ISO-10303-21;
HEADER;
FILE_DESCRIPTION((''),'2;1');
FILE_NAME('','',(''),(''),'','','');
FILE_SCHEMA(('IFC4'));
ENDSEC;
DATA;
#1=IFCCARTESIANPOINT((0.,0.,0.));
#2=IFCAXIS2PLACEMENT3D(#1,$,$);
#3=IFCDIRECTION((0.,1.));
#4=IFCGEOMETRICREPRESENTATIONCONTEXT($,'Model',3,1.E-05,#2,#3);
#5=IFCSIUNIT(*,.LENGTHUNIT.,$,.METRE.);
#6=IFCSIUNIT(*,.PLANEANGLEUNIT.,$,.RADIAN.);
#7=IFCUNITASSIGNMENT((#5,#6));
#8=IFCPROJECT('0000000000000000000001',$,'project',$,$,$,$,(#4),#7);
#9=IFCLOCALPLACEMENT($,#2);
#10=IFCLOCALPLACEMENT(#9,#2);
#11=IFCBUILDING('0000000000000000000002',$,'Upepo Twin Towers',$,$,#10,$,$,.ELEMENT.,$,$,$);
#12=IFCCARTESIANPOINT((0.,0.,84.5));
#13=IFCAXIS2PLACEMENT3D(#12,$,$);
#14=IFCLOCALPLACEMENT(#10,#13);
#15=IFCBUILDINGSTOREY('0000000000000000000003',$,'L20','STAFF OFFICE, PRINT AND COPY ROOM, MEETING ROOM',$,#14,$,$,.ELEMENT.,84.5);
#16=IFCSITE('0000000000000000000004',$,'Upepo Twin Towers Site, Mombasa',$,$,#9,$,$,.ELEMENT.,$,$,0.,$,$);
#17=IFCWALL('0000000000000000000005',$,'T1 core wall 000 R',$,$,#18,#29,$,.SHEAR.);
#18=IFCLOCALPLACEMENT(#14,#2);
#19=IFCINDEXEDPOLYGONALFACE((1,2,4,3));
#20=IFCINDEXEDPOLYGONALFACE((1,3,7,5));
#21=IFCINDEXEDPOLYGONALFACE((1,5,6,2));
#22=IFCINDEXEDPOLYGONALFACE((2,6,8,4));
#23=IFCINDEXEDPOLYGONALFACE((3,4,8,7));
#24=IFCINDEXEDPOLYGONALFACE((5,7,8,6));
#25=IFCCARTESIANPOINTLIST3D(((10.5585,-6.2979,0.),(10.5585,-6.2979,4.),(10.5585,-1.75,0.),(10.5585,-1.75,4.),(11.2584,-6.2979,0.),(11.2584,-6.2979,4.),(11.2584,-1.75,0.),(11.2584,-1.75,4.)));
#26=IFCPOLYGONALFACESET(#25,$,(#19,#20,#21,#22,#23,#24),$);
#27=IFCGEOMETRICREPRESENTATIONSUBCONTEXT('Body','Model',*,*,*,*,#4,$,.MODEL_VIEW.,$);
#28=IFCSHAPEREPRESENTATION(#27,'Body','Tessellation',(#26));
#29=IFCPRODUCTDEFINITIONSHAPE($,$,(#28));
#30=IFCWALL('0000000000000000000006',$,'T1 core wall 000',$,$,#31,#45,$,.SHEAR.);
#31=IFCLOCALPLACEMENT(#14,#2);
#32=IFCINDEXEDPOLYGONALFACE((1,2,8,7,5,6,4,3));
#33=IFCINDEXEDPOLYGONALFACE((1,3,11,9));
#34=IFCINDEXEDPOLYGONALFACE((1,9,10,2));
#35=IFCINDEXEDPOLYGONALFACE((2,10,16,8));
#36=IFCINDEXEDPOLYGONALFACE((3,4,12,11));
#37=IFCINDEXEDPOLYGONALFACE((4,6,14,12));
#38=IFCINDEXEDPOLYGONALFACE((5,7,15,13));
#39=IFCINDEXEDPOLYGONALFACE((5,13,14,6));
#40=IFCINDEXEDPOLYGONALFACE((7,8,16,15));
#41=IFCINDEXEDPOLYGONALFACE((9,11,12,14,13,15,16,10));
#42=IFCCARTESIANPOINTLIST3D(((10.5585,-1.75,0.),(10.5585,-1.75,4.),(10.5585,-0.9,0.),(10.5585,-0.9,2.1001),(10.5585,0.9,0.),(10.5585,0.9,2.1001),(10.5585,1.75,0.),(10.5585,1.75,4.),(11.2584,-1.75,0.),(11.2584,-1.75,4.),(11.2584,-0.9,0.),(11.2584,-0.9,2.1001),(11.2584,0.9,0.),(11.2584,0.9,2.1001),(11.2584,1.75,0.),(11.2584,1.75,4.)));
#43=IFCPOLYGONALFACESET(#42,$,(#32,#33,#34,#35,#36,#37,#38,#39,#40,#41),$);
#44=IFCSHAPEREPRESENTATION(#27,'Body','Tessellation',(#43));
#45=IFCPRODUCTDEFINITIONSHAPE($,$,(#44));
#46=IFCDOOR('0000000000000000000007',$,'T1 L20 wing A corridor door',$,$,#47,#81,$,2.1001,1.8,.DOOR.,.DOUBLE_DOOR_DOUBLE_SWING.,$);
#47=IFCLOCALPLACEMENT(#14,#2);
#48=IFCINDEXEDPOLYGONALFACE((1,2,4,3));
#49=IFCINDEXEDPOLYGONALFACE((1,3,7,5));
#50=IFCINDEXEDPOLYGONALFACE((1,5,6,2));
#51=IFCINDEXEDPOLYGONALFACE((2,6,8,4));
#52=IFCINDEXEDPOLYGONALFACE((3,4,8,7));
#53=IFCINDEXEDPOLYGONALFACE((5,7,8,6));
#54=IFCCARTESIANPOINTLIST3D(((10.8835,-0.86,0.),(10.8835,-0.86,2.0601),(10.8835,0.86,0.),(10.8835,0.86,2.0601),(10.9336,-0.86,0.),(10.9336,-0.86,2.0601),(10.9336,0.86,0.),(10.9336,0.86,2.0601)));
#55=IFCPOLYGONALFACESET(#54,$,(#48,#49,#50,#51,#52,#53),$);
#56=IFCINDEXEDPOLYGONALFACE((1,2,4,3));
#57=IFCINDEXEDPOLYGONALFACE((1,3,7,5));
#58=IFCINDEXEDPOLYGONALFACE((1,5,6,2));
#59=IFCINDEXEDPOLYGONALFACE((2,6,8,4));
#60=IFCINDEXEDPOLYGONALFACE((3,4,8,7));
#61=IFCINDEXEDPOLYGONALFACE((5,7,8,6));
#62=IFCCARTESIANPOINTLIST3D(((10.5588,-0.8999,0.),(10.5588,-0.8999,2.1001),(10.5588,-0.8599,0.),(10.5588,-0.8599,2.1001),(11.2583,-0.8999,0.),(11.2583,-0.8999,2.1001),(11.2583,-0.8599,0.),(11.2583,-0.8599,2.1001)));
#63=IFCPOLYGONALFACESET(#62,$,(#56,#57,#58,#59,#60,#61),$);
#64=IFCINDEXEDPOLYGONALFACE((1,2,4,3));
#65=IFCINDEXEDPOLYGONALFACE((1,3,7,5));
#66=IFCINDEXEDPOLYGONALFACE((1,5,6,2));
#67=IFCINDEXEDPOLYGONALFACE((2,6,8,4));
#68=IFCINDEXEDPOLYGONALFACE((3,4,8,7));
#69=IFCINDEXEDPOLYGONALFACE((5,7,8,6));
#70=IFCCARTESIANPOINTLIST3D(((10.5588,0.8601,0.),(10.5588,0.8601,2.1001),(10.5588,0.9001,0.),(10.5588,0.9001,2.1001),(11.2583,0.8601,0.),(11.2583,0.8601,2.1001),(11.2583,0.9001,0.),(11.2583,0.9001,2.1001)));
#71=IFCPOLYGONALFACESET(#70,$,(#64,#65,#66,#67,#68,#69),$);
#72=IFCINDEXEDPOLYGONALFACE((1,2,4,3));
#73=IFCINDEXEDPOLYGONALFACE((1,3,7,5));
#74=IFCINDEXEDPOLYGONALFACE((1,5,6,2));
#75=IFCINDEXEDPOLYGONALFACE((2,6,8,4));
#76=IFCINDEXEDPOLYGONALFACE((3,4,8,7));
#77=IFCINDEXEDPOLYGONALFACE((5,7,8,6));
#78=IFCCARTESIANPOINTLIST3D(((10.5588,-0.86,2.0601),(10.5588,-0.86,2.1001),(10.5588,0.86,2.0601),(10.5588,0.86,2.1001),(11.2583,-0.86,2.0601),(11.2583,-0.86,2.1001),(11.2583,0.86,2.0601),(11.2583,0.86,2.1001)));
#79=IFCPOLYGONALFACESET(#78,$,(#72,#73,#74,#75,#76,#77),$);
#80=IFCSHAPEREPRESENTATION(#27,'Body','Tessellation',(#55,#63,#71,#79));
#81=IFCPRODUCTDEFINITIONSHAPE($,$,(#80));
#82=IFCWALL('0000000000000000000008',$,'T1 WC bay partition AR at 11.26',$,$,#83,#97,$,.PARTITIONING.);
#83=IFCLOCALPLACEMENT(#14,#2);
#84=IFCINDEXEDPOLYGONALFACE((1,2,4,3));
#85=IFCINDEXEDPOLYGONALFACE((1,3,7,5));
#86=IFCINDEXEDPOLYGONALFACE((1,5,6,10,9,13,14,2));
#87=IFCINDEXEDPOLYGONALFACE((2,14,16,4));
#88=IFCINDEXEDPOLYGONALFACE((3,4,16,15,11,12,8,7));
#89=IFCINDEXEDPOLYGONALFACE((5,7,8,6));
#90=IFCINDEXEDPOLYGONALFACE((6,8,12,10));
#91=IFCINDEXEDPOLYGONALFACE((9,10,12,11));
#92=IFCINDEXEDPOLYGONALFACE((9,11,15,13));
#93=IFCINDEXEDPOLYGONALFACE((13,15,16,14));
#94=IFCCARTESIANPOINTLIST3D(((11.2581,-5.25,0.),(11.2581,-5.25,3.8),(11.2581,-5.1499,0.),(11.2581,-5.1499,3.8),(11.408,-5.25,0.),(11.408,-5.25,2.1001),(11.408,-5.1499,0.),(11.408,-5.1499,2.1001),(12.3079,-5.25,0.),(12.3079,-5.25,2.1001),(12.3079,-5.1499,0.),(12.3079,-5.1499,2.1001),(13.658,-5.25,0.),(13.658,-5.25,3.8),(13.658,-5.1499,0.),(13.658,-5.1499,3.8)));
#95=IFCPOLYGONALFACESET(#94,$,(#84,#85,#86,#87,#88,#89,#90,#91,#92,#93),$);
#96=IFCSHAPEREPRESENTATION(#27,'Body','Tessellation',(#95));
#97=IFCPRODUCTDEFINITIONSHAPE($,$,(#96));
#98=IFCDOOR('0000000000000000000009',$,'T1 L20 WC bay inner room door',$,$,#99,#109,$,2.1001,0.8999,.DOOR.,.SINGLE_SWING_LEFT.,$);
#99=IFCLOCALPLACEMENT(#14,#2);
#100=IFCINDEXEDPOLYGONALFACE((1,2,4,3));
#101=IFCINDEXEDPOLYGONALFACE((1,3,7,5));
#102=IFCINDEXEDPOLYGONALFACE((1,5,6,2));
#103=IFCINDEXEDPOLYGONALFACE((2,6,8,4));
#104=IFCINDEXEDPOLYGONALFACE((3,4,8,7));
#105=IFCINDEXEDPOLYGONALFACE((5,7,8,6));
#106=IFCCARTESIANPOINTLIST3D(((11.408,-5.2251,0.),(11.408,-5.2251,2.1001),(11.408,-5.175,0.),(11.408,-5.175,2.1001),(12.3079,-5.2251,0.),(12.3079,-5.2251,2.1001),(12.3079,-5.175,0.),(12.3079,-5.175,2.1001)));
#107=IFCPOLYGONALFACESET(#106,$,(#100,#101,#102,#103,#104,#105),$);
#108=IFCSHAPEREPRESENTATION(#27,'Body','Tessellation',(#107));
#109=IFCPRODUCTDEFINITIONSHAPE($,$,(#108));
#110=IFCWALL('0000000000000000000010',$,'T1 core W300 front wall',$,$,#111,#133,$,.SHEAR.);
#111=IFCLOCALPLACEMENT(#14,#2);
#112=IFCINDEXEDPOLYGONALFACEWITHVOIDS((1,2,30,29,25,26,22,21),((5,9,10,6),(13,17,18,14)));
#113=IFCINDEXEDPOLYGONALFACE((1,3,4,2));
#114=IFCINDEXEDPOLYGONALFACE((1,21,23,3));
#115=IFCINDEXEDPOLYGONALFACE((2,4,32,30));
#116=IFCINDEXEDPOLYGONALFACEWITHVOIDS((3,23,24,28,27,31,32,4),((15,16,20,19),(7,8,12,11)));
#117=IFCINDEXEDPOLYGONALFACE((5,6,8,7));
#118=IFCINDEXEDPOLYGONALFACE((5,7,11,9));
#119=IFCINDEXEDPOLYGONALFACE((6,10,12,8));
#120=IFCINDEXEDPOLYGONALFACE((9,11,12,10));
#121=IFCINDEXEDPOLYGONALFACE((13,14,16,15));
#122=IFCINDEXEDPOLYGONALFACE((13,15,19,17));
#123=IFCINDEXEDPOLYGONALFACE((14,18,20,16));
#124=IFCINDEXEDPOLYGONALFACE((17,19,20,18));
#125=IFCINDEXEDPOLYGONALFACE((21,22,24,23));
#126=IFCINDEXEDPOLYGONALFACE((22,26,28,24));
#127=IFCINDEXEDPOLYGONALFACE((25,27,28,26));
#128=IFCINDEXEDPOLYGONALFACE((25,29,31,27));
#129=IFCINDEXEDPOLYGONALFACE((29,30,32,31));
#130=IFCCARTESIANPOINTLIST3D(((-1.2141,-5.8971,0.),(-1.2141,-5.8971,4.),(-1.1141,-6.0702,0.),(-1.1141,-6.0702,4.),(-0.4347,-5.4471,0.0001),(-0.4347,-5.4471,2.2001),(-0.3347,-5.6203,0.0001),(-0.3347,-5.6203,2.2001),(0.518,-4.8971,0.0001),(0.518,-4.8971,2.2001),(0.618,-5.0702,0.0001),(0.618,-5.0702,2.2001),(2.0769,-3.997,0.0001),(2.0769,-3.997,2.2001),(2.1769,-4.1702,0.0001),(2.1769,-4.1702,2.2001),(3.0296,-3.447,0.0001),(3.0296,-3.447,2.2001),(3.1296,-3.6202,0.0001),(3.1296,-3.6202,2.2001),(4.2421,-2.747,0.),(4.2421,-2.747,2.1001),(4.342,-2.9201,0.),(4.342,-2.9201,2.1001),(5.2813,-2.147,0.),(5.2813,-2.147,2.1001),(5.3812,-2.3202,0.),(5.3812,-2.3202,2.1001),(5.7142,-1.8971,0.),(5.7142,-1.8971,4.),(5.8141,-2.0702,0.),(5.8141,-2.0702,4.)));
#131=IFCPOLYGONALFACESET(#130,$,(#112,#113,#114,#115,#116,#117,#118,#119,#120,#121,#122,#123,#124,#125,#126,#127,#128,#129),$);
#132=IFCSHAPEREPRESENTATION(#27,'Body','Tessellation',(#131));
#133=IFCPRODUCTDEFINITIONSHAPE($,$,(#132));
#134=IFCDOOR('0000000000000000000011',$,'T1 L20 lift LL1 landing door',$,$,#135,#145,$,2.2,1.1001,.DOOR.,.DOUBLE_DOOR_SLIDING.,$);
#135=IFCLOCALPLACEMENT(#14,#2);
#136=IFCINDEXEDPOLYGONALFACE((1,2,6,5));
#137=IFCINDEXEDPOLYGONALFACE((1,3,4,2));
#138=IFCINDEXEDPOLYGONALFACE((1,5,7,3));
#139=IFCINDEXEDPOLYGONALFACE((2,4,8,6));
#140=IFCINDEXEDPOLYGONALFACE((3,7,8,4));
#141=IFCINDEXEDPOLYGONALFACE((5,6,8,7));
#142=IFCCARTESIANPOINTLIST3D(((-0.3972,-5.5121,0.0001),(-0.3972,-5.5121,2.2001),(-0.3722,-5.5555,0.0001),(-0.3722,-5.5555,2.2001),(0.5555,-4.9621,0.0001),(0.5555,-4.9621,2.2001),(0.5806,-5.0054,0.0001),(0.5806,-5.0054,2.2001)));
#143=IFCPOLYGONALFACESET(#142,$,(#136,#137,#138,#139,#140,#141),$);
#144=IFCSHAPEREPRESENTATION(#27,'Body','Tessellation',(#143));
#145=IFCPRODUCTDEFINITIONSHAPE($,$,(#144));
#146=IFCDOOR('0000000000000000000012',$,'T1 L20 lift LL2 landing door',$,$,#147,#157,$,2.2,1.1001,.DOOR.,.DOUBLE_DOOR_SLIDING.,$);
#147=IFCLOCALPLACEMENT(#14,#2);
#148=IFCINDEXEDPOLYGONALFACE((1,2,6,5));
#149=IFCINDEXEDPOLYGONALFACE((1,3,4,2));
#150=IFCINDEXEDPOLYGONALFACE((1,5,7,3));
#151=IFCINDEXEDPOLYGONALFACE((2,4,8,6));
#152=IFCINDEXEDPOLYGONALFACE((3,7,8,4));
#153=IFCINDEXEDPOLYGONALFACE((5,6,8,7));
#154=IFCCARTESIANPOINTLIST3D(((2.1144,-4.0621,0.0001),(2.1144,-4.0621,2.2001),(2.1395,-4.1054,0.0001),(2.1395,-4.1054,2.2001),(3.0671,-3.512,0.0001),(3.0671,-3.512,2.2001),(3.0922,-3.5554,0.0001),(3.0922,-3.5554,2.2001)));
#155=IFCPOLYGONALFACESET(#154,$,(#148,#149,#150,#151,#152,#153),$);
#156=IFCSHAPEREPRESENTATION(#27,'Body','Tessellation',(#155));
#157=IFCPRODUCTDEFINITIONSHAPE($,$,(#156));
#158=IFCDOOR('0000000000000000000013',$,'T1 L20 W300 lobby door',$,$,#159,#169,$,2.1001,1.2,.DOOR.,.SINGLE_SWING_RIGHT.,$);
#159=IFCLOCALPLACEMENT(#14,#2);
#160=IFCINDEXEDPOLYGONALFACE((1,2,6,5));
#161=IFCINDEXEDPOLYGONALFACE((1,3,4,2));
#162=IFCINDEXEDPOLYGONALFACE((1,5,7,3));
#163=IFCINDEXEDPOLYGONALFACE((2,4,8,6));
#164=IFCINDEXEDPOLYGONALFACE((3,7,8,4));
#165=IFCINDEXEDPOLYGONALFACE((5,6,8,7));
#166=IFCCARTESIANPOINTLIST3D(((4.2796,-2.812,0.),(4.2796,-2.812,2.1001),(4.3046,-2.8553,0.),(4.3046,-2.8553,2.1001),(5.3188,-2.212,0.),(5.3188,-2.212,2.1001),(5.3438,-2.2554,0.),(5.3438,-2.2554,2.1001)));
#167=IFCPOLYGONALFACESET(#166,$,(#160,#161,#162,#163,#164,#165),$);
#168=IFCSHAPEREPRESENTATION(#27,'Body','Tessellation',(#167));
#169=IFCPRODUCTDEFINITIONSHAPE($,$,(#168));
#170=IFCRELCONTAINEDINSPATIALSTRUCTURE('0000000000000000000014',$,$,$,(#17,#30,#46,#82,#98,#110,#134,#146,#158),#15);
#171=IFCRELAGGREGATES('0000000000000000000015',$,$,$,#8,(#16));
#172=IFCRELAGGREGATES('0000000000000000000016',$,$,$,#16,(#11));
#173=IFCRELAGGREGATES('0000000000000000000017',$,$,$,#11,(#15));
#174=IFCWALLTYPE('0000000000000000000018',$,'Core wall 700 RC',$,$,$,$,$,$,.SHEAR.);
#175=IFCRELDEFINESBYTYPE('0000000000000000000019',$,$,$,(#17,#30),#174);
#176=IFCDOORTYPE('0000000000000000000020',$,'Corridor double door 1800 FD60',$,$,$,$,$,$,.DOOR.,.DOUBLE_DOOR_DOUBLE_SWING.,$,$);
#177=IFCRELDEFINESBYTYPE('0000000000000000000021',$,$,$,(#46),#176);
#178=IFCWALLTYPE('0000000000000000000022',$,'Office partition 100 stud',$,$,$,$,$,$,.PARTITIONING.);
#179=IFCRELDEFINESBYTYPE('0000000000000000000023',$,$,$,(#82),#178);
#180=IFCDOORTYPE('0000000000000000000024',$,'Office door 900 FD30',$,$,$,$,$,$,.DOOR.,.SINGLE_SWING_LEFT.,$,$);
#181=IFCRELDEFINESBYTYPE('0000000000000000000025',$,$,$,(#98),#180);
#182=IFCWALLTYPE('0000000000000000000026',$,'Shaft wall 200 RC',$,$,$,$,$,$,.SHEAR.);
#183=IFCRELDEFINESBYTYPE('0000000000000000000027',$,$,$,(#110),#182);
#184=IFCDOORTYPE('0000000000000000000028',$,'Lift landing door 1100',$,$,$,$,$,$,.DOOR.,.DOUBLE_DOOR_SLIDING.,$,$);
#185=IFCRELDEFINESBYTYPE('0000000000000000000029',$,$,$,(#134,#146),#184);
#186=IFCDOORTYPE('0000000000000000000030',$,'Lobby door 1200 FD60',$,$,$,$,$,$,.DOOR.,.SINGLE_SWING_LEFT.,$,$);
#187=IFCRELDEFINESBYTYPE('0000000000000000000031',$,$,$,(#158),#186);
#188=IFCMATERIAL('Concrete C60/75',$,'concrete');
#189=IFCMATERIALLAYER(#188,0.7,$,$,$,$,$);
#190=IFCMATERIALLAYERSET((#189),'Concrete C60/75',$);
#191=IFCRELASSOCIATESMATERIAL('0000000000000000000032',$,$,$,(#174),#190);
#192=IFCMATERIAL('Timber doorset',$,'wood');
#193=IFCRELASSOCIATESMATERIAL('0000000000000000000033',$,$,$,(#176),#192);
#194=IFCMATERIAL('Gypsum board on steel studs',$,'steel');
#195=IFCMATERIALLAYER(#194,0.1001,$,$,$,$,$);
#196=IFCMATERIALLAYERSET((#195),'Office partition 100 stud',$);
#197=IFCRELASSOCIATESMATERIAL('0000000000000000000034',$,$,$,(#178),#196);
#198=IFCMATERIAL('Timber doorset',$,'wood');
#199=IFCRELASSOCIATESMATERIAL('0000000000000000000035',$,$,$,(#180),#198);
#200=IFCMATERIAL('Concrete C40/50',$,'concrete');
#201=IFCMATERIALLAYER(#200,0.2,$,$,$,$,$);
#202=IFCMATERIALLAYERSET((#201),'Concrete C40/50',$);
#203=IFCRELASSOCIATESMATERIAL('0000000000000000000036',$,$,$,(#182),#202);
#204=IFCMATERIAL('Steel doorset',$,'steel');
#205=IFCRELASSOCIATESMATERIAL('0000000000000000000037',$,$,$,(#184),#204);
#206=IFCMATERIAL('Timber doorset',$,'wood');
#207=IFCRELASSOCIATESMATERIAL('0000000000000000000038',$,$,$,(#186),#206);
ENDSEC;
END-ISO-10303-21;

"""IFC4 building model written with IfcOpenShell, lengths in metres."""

from ifc_helpers import new_model, si_unit, direction, frame, frame_2d, origin, place, context, subcontext, project, spatial, rectangle, extrude, material, layer, layer_set, type_object, element, fill, save


model = new_model("IFC4")

# Units and contexts
model_context = context("Model", 3, precision=1e-05, world=origin(), true_north=direction((0.0, 1.0)))
body_context = subcontext(model_context, "Body", "Model", "MODEL_VIEW")
ifc_project = project(units=[si_unit("LENGTHUNIT", "METRE"), si_unit("PLANEANGLEUNIT", "RADIAN")], contexts=[model_context])

# Site, building, storey
site_placement = place(None, origin())
site = spatial("IfcSite", under=ifc_project, at=site_placement, Name="Upepo Twin Towers Site, Mombasa", CompositionType="ELEMENT", RefElevation=0.0)
building_placement = place(site_placement, origin())
building = spatial("IfcBuilding", under=site, at=building_placement, Name="Upepo Twin Towers", CompositionType="ELEMENT")
storey_placement = place(building_placement, frame((0.0, 0.0, 84.5)))
storey = spatial("IfcBuildingStorey", under=building, at=storey_placement, Name="L20", Description="STAFF OFFICE, PRINT AND COPY ROOM, MEETING ROOM", CompositionType="ELEMENT", Elevation=84.5)

# Wall
ifc_material_1 = material(Name="Concrete C60/75", Category="concrete")
ifc_layer_1 = layer(ifc_material_1, 0.7)
ifc_layer_set_1 = layer_set([ifc_layer_1], Name="Concrete C60/75")
wall_type_1 = type_object("IfcWallType", Name="Core wall 700 RC", PredefinedType="SHEAR", material=ifc_layer_set_1)
wall_1_placement = place(storey_placement, frame((10.9084, -6.2979, 0.0), z_axis=(0.0, 0.0, 1.0), x_axis=(0.0, 1.0, 0.0)))
element("IfcWall", 1, at=wall_1_placement, inside=storey, type_object=wall_type_1, Name="T1 core wall 000 R", PredefinedType="SHEAR", context=body_context, shape_type="SweptSolid", body=[
    extrude(rectangle(XDim=4.5479, YDim=0.7, at=frame_2d((2.2739, 0.0))), origin(), (0.0, 0.0, 1.0), 4.0),
])

# Walls, openings, doors
wall_2_placement = place(storey_placement, frame((10.9084, -1.75, 0.0), z_axis=(0.0, 0.0, 1.0), x_axis=(0.0, 1.0, 0.0)))
wall_2 = element("IfcWall", 2, at=wall_2_placement, inside=storey, type_object=wall_type_1, Name="T1 core wall 000", PredefinedType="SHEAR", context=body_context, shape_type="SweptSolid", body=[
    extrude(rectangle(XDim=3.5, YDim=0.7, at=frame_2d((1.75, 0.0))), origin(), (0.0, 0.0, 1.0), 4.0),
])
opening_1_placement = place(wall_2_placement, frame((0.8501, 0.0, 0.0)))
opening_1 = element("IfcOpeningElement", 3, at=opening_1_placement, cuts=wall_2, PredefinedType="OPENING", context=body_context, shape_type="SweptSolid", body=[
    extrude(rectangle(XDim=1.8, YDim=2.1001, at=frame_2d((0.8999, 1.05))), frame((0.0, 0.3599, 0.0), z_axis=(0.0, -1.0, 0.0), x_axis=(1.0, 0.0, 0.0)), (0.0, 0.0, 1.0), 0.72),
])
ifc_material_2 = material(Name="Timber doorset", Category="wood")
door_type_1 = type_object("IfcDoorType", Name="Corridor double door 1800 FD60", OperationType="DOUBLE_DOOR_DOUBLE_SWING", PredefinedType="DOOR", material=ifc_material_2)
door_1_placement = place(opening_1_placement, origin())
door_1 = element("IfcDoor", 4, at=door_1_placement, inside=storey, type_object=door_type_1, Name="T1 L20 wing A corridor door", OperationType="DOUBLE_DOOR_DOUBLE_SWING", OverallHeight=2.1001, OverallWidth=1.8, PredefinedType="DOOR", context=body_context, shape_type="SweptSolid", body=[
    extrude(rectangle(XDim=1.72, YDim=2.0601, at=frame_2d((0.8999, 1.03))), frame((0.0, 0.0249, 0.0), z_axis=(0.0, -1.0, 0.0), x_axis=(1.0, 0.0, 0.0)), (0.0, 0.0, 1.0), 0.05),
    extrude(rectangle(XDim=0.04, YDim=2.1001, at=frame_2d((0.02, 1.05))), frame((0.0, 0.3496, 0.0), z_axis=(0.0, -1.0, 0.0), x_axis=(1.0, 0.0, 0.0)), (0.0, 0.0, 1.0), 0.6995),
    extrude(rectangle(XDim=0.04, YDim=2.1001, at=frame_2d((1.78, 1.05))), frame((0.0, 0.3496, 0.0), z_axis=(0.0, -1.0, 0.0), x_axis=(1.0, 0.0, 0.0)), (0.0, 0.0, 1.0), 0.6995),
    extrude(rectangle(XDim=1.72, YDim=0.04, at=frame_2d((0.8999, 2.0801))), frame((0.0, 0.3496, 0.0), z_axis=(0.0, -1.0, 0.0), x_axis=(1.0, 0.0, 0.0)), (0.0, 0.0, 1.0), 0.6995),
])
fill(opening_1, door_1)
ifc_material_3 = material(Name="Gypsum board on steel studs", Category="steel")
ifc_layer_2 = layer(ifc_material_3, 0.1001)
ifc_layer_set_2 = layer_set([ifc_layer_2], Name="Office partition 100 stud")
wall_type_2 = type_object("IfcWallType", Name="Office partition 100 stud", PredefinedType="PARTITIONING", material=ifc_layer_set_2)
wall_3_placement = place(storey_placement, frame((11.2581, -5.2, 0.0), z_axis=(0.0, 0.0, 1.0), x_axis=(1.0, 0.0, 0.0)))
wall_3 = element("IfcWall", 5, at=wall_3_placement, inside=storey, type_object=wall_type_2, Name="T1 WC bay partition AR at 11.26", PredefinedType="PARTITIONING", context=body_context, shape_type="SweptSolid", body=[
    extrude(rectangle(XDim=2.3999, YDim=0.1001, at=frame_2d((1.2, 0.0))), origin(), (0.0, 0.0, 1.0), 3.8),
])
opening_2_placement = place(wall_3_placement, frame((0.1499, 0.0, 0.0)))
opening_2 = element("IfcOpeningElement", 6, at=opening_2_placement, cuts=wall_3, PredefinedType="OPENING", context=body_context, shape_type="SweptSolid", body=[
    extrude(rectangle(XDim=0.8999, YDim=2.1001, at=frame_2d((0.45, 1.05))), frame((0.0, 0.0601, 0.0), z_axis=(0.0, -1.0, 0.0), x_axis=(1.0, 0.0, 0.0)), (0.0, 0.0, 1.0), 0.1201),
])
ifc_material_4 = material(Name="Timber doorset", Category="wood")
door_type_2 = type_object("IfcDoorType", Name="Office door 900 FD30", OperationType="SINGLE_SWING_LEFT", PredefinedType="DOOR", material=ifc_material_4)
door_2_placement = place(opening_2_placement, origin())
door_2 = element("IfcDoor", 7, at=door_2_placement, inside=storey, type_object=door_type_2, Name="T1 L20 WC bay inner room door", OperationType="SINGLE_SWING_LEFT", OverallHeight=2.1001, OverallWidth=0.8999, PredefinedType="DOOR", context=body_context, shape_type="SweptSolid", body=[
    extrude(rectangle(XDim=0.8999, YDim=2.1001, at=frame_2d((0.45, 1.05))), frame((0.0, 0.0249, 0.0), z_axis=(0.0, -1.0, 0.0), x_axis=(1.0, 0.0, 0.0)), (0.0, 0.0, 1.0), 0.05),
])
fill(opening_2, door_2)

# Wall, openings, doors
ifc_material_5 = material(Name="Concrete C40/50", Category="concrete")
ifc_layer_3 = layer(ifc_material_5, 0.2)
ifc_layer_set_3 = layer_set([ifc_layer_3], Name="Concrete C40/50")
wall_type_3 = type_object("IfcWallType", Name="Shaft wall 200 RC", PredefinedType="SHEAR", material=ifc_layer_set_3)
wall_4_placement = place(storey_placement, frame((-1.1641, -5.9836, 0.0), z_axis=(0.0, 0.0, 1.0), x_axis=(0.866026, 0.499999, 0.0)))
wall_4 = element("IfcWall", 8, at=wall_4_placement, inside=storey, type_object=wall_type_3, Name="T1 core W300 front wall", PredefinedType="SHEAR", context=body_context, shape_type="SweptSolid", body=[
    extrude(rectangle(XDim=8.0, YDim=0.2, at=frame_2d((4.0, 0.0))), origin(), (0.0, 0.0, 1.0), 4.0),
])
opening_3_placement = place(wall_4_placement, frame((6.3, 0.0, 0.0)))
opening_3 = element("IfcOpeningElement", 9, at=opening_3_placement, cuts=wall_4, PredefinedType="OPENING", context=body_context, shape_type="SweptSolid", body=[
    extrude(rectangle(XDim=1.2, YDim=2.1001, at=frame_2d((0.6001, 1.05))), frame((0.0, 0.1099, 0.0), z_axis=(0.0, -1.0, 0.0), x_axis=(1.0, 0.0, 0.0)), (0.0, 0.0, 1.0), 0.22),
])
opening_4_placement = place(wall_4_placement, frame((0.8999, 0.0, 0.0)))
opening_4 = element("IfcOpeningElement", 10, at=opening_4_placement, cuts=wall_4, PredefinedType="OPENING", context=body_context, shape_type="SweptSolid", body=[
    extrude(rectangle(XDim=1.1001, YDim=2.2, at=frame_2d((0.55, 1.1001))), frame((0.0, 0.1099, 0.0), z_axis=(0.0, -1.0, 0.0), x_axis=(1.0, 0.0, 0.0)), (0.0, 0.0, 1.0), 0.22),
])
opening_5_placement = place(wall_4_placement, frame((3.8, 0.0, 0.0)))
opening_5 = element("IfcOpeningElement", 11, at=opening_5_placement, cuts=wall_4, PredefinedType="OPENING", context=body_context, shape_type="SweptSolid", body=[
    extrude(rectangle(XDim=1.1001, YDim=2.2, at=frame_2d((0.55, 1.1001))), frame((0.0, 0.1099, 0.0), z_axis=(0.0, -1.0, 0.0), x_axis=(1.0, 0.0, 0.0)), (0.0, 0.0, 1.0), 0.22),
])
ifc_material_6 = material(Name="Steel doorset", Category="steel")
door_type_3 = type_object("IfcDoorType", Name="Lift landing door 1100", OperationType="DOUBLE_DOOR_SLIDING", PredefinedType="DOOR", material=ifc_material_6)
door_3_placement = place(opening_4_placement, origin())
door_3 = element("IfcDoor", 12, at=door_3_placement, inside=storey, type_object=door_type_3, Name="T1 L20 lift LL1 landing door", OperationType="DOUBLE_DOOR_SLIDING", OverallHeight=2.2, OverallWidth=1.1001, PredefinedType="DOOR", context=body_context, shape_type="SweptSolid", body=[
    extrude(rectangle(XDim=1.1001, YDim=2.2, at=frame_2d((0.55, 1.1001))), frame((0.0, 0.0249, 0.0), z_axis=(0.0, -1.0, 0.0), x_axis=(1.0, 0.0, 0.0)), (0.0, 0.0, 1.0), 0.05),
])
fill(opening_4, door_3)
door_4_placement = place(opening_5_placement, origin())
door_4 = element("IfcDoor", 13, at=door_4_placement, inside=storey, type_object=door_type_3, Name="T1 L20 lift LL2 landing door", OperationType="DOUBLE_DOOR_SLIDING", OverallHeight=2.2, OverallWidth=1.1001, PredefinedType="DOOR", context=body_context, shape_type="SweptSolid", body=[
    extrude(rectangle(XDim=1.1001, YDim=2.2, at=frame_2d((0.55, 1.1001))), frame((0.0, 0.0249, 0.0), z_axis=(0.0, -1.0, 0.0), x_axis=(1.0, 0.0, 0.0)), (0.0, 0.0, 1.0), 0.05),
])
fill(opening_5, door_4)
ifc_material_7 = material(Name="Timber doorset", Category="wood")
door_type_4 = type_object("IfcDoorType", Name="Lobby door 1200 FD60", OperationType="SINGLE_SWING_LEFT", PredefinedType="DOOR", material=ifc_material_7)
door_5_placement = place(opening_3_placement, origin())
door_5 = element("IfcDoor", 14, at=door_5_placement, inside=storey, type_object=door_type_4, Name="T1 L20 W300 lobby door", OperationType="SINGLE_SWING_RIGHT", OverallHeight=2.1001, OverallWidth=1.2, PredefinedType="DOOR", context=body_context, shape_type="SweptSolid", body=[
    extrude(rectangle(XDim=1.2, YDim=2.1001, at=frame_2d((0.6001, 1.05))), frame((0.0, 0.0249, 0.0), z_axis=(0.0, -1.0, 0.0), x_axis=(1.0, 0.0, 0.0)), (0.0, 0.0, 1.0), 0.05),
])
fill(opening_3, door_5)

save(model, "model.ifc")
